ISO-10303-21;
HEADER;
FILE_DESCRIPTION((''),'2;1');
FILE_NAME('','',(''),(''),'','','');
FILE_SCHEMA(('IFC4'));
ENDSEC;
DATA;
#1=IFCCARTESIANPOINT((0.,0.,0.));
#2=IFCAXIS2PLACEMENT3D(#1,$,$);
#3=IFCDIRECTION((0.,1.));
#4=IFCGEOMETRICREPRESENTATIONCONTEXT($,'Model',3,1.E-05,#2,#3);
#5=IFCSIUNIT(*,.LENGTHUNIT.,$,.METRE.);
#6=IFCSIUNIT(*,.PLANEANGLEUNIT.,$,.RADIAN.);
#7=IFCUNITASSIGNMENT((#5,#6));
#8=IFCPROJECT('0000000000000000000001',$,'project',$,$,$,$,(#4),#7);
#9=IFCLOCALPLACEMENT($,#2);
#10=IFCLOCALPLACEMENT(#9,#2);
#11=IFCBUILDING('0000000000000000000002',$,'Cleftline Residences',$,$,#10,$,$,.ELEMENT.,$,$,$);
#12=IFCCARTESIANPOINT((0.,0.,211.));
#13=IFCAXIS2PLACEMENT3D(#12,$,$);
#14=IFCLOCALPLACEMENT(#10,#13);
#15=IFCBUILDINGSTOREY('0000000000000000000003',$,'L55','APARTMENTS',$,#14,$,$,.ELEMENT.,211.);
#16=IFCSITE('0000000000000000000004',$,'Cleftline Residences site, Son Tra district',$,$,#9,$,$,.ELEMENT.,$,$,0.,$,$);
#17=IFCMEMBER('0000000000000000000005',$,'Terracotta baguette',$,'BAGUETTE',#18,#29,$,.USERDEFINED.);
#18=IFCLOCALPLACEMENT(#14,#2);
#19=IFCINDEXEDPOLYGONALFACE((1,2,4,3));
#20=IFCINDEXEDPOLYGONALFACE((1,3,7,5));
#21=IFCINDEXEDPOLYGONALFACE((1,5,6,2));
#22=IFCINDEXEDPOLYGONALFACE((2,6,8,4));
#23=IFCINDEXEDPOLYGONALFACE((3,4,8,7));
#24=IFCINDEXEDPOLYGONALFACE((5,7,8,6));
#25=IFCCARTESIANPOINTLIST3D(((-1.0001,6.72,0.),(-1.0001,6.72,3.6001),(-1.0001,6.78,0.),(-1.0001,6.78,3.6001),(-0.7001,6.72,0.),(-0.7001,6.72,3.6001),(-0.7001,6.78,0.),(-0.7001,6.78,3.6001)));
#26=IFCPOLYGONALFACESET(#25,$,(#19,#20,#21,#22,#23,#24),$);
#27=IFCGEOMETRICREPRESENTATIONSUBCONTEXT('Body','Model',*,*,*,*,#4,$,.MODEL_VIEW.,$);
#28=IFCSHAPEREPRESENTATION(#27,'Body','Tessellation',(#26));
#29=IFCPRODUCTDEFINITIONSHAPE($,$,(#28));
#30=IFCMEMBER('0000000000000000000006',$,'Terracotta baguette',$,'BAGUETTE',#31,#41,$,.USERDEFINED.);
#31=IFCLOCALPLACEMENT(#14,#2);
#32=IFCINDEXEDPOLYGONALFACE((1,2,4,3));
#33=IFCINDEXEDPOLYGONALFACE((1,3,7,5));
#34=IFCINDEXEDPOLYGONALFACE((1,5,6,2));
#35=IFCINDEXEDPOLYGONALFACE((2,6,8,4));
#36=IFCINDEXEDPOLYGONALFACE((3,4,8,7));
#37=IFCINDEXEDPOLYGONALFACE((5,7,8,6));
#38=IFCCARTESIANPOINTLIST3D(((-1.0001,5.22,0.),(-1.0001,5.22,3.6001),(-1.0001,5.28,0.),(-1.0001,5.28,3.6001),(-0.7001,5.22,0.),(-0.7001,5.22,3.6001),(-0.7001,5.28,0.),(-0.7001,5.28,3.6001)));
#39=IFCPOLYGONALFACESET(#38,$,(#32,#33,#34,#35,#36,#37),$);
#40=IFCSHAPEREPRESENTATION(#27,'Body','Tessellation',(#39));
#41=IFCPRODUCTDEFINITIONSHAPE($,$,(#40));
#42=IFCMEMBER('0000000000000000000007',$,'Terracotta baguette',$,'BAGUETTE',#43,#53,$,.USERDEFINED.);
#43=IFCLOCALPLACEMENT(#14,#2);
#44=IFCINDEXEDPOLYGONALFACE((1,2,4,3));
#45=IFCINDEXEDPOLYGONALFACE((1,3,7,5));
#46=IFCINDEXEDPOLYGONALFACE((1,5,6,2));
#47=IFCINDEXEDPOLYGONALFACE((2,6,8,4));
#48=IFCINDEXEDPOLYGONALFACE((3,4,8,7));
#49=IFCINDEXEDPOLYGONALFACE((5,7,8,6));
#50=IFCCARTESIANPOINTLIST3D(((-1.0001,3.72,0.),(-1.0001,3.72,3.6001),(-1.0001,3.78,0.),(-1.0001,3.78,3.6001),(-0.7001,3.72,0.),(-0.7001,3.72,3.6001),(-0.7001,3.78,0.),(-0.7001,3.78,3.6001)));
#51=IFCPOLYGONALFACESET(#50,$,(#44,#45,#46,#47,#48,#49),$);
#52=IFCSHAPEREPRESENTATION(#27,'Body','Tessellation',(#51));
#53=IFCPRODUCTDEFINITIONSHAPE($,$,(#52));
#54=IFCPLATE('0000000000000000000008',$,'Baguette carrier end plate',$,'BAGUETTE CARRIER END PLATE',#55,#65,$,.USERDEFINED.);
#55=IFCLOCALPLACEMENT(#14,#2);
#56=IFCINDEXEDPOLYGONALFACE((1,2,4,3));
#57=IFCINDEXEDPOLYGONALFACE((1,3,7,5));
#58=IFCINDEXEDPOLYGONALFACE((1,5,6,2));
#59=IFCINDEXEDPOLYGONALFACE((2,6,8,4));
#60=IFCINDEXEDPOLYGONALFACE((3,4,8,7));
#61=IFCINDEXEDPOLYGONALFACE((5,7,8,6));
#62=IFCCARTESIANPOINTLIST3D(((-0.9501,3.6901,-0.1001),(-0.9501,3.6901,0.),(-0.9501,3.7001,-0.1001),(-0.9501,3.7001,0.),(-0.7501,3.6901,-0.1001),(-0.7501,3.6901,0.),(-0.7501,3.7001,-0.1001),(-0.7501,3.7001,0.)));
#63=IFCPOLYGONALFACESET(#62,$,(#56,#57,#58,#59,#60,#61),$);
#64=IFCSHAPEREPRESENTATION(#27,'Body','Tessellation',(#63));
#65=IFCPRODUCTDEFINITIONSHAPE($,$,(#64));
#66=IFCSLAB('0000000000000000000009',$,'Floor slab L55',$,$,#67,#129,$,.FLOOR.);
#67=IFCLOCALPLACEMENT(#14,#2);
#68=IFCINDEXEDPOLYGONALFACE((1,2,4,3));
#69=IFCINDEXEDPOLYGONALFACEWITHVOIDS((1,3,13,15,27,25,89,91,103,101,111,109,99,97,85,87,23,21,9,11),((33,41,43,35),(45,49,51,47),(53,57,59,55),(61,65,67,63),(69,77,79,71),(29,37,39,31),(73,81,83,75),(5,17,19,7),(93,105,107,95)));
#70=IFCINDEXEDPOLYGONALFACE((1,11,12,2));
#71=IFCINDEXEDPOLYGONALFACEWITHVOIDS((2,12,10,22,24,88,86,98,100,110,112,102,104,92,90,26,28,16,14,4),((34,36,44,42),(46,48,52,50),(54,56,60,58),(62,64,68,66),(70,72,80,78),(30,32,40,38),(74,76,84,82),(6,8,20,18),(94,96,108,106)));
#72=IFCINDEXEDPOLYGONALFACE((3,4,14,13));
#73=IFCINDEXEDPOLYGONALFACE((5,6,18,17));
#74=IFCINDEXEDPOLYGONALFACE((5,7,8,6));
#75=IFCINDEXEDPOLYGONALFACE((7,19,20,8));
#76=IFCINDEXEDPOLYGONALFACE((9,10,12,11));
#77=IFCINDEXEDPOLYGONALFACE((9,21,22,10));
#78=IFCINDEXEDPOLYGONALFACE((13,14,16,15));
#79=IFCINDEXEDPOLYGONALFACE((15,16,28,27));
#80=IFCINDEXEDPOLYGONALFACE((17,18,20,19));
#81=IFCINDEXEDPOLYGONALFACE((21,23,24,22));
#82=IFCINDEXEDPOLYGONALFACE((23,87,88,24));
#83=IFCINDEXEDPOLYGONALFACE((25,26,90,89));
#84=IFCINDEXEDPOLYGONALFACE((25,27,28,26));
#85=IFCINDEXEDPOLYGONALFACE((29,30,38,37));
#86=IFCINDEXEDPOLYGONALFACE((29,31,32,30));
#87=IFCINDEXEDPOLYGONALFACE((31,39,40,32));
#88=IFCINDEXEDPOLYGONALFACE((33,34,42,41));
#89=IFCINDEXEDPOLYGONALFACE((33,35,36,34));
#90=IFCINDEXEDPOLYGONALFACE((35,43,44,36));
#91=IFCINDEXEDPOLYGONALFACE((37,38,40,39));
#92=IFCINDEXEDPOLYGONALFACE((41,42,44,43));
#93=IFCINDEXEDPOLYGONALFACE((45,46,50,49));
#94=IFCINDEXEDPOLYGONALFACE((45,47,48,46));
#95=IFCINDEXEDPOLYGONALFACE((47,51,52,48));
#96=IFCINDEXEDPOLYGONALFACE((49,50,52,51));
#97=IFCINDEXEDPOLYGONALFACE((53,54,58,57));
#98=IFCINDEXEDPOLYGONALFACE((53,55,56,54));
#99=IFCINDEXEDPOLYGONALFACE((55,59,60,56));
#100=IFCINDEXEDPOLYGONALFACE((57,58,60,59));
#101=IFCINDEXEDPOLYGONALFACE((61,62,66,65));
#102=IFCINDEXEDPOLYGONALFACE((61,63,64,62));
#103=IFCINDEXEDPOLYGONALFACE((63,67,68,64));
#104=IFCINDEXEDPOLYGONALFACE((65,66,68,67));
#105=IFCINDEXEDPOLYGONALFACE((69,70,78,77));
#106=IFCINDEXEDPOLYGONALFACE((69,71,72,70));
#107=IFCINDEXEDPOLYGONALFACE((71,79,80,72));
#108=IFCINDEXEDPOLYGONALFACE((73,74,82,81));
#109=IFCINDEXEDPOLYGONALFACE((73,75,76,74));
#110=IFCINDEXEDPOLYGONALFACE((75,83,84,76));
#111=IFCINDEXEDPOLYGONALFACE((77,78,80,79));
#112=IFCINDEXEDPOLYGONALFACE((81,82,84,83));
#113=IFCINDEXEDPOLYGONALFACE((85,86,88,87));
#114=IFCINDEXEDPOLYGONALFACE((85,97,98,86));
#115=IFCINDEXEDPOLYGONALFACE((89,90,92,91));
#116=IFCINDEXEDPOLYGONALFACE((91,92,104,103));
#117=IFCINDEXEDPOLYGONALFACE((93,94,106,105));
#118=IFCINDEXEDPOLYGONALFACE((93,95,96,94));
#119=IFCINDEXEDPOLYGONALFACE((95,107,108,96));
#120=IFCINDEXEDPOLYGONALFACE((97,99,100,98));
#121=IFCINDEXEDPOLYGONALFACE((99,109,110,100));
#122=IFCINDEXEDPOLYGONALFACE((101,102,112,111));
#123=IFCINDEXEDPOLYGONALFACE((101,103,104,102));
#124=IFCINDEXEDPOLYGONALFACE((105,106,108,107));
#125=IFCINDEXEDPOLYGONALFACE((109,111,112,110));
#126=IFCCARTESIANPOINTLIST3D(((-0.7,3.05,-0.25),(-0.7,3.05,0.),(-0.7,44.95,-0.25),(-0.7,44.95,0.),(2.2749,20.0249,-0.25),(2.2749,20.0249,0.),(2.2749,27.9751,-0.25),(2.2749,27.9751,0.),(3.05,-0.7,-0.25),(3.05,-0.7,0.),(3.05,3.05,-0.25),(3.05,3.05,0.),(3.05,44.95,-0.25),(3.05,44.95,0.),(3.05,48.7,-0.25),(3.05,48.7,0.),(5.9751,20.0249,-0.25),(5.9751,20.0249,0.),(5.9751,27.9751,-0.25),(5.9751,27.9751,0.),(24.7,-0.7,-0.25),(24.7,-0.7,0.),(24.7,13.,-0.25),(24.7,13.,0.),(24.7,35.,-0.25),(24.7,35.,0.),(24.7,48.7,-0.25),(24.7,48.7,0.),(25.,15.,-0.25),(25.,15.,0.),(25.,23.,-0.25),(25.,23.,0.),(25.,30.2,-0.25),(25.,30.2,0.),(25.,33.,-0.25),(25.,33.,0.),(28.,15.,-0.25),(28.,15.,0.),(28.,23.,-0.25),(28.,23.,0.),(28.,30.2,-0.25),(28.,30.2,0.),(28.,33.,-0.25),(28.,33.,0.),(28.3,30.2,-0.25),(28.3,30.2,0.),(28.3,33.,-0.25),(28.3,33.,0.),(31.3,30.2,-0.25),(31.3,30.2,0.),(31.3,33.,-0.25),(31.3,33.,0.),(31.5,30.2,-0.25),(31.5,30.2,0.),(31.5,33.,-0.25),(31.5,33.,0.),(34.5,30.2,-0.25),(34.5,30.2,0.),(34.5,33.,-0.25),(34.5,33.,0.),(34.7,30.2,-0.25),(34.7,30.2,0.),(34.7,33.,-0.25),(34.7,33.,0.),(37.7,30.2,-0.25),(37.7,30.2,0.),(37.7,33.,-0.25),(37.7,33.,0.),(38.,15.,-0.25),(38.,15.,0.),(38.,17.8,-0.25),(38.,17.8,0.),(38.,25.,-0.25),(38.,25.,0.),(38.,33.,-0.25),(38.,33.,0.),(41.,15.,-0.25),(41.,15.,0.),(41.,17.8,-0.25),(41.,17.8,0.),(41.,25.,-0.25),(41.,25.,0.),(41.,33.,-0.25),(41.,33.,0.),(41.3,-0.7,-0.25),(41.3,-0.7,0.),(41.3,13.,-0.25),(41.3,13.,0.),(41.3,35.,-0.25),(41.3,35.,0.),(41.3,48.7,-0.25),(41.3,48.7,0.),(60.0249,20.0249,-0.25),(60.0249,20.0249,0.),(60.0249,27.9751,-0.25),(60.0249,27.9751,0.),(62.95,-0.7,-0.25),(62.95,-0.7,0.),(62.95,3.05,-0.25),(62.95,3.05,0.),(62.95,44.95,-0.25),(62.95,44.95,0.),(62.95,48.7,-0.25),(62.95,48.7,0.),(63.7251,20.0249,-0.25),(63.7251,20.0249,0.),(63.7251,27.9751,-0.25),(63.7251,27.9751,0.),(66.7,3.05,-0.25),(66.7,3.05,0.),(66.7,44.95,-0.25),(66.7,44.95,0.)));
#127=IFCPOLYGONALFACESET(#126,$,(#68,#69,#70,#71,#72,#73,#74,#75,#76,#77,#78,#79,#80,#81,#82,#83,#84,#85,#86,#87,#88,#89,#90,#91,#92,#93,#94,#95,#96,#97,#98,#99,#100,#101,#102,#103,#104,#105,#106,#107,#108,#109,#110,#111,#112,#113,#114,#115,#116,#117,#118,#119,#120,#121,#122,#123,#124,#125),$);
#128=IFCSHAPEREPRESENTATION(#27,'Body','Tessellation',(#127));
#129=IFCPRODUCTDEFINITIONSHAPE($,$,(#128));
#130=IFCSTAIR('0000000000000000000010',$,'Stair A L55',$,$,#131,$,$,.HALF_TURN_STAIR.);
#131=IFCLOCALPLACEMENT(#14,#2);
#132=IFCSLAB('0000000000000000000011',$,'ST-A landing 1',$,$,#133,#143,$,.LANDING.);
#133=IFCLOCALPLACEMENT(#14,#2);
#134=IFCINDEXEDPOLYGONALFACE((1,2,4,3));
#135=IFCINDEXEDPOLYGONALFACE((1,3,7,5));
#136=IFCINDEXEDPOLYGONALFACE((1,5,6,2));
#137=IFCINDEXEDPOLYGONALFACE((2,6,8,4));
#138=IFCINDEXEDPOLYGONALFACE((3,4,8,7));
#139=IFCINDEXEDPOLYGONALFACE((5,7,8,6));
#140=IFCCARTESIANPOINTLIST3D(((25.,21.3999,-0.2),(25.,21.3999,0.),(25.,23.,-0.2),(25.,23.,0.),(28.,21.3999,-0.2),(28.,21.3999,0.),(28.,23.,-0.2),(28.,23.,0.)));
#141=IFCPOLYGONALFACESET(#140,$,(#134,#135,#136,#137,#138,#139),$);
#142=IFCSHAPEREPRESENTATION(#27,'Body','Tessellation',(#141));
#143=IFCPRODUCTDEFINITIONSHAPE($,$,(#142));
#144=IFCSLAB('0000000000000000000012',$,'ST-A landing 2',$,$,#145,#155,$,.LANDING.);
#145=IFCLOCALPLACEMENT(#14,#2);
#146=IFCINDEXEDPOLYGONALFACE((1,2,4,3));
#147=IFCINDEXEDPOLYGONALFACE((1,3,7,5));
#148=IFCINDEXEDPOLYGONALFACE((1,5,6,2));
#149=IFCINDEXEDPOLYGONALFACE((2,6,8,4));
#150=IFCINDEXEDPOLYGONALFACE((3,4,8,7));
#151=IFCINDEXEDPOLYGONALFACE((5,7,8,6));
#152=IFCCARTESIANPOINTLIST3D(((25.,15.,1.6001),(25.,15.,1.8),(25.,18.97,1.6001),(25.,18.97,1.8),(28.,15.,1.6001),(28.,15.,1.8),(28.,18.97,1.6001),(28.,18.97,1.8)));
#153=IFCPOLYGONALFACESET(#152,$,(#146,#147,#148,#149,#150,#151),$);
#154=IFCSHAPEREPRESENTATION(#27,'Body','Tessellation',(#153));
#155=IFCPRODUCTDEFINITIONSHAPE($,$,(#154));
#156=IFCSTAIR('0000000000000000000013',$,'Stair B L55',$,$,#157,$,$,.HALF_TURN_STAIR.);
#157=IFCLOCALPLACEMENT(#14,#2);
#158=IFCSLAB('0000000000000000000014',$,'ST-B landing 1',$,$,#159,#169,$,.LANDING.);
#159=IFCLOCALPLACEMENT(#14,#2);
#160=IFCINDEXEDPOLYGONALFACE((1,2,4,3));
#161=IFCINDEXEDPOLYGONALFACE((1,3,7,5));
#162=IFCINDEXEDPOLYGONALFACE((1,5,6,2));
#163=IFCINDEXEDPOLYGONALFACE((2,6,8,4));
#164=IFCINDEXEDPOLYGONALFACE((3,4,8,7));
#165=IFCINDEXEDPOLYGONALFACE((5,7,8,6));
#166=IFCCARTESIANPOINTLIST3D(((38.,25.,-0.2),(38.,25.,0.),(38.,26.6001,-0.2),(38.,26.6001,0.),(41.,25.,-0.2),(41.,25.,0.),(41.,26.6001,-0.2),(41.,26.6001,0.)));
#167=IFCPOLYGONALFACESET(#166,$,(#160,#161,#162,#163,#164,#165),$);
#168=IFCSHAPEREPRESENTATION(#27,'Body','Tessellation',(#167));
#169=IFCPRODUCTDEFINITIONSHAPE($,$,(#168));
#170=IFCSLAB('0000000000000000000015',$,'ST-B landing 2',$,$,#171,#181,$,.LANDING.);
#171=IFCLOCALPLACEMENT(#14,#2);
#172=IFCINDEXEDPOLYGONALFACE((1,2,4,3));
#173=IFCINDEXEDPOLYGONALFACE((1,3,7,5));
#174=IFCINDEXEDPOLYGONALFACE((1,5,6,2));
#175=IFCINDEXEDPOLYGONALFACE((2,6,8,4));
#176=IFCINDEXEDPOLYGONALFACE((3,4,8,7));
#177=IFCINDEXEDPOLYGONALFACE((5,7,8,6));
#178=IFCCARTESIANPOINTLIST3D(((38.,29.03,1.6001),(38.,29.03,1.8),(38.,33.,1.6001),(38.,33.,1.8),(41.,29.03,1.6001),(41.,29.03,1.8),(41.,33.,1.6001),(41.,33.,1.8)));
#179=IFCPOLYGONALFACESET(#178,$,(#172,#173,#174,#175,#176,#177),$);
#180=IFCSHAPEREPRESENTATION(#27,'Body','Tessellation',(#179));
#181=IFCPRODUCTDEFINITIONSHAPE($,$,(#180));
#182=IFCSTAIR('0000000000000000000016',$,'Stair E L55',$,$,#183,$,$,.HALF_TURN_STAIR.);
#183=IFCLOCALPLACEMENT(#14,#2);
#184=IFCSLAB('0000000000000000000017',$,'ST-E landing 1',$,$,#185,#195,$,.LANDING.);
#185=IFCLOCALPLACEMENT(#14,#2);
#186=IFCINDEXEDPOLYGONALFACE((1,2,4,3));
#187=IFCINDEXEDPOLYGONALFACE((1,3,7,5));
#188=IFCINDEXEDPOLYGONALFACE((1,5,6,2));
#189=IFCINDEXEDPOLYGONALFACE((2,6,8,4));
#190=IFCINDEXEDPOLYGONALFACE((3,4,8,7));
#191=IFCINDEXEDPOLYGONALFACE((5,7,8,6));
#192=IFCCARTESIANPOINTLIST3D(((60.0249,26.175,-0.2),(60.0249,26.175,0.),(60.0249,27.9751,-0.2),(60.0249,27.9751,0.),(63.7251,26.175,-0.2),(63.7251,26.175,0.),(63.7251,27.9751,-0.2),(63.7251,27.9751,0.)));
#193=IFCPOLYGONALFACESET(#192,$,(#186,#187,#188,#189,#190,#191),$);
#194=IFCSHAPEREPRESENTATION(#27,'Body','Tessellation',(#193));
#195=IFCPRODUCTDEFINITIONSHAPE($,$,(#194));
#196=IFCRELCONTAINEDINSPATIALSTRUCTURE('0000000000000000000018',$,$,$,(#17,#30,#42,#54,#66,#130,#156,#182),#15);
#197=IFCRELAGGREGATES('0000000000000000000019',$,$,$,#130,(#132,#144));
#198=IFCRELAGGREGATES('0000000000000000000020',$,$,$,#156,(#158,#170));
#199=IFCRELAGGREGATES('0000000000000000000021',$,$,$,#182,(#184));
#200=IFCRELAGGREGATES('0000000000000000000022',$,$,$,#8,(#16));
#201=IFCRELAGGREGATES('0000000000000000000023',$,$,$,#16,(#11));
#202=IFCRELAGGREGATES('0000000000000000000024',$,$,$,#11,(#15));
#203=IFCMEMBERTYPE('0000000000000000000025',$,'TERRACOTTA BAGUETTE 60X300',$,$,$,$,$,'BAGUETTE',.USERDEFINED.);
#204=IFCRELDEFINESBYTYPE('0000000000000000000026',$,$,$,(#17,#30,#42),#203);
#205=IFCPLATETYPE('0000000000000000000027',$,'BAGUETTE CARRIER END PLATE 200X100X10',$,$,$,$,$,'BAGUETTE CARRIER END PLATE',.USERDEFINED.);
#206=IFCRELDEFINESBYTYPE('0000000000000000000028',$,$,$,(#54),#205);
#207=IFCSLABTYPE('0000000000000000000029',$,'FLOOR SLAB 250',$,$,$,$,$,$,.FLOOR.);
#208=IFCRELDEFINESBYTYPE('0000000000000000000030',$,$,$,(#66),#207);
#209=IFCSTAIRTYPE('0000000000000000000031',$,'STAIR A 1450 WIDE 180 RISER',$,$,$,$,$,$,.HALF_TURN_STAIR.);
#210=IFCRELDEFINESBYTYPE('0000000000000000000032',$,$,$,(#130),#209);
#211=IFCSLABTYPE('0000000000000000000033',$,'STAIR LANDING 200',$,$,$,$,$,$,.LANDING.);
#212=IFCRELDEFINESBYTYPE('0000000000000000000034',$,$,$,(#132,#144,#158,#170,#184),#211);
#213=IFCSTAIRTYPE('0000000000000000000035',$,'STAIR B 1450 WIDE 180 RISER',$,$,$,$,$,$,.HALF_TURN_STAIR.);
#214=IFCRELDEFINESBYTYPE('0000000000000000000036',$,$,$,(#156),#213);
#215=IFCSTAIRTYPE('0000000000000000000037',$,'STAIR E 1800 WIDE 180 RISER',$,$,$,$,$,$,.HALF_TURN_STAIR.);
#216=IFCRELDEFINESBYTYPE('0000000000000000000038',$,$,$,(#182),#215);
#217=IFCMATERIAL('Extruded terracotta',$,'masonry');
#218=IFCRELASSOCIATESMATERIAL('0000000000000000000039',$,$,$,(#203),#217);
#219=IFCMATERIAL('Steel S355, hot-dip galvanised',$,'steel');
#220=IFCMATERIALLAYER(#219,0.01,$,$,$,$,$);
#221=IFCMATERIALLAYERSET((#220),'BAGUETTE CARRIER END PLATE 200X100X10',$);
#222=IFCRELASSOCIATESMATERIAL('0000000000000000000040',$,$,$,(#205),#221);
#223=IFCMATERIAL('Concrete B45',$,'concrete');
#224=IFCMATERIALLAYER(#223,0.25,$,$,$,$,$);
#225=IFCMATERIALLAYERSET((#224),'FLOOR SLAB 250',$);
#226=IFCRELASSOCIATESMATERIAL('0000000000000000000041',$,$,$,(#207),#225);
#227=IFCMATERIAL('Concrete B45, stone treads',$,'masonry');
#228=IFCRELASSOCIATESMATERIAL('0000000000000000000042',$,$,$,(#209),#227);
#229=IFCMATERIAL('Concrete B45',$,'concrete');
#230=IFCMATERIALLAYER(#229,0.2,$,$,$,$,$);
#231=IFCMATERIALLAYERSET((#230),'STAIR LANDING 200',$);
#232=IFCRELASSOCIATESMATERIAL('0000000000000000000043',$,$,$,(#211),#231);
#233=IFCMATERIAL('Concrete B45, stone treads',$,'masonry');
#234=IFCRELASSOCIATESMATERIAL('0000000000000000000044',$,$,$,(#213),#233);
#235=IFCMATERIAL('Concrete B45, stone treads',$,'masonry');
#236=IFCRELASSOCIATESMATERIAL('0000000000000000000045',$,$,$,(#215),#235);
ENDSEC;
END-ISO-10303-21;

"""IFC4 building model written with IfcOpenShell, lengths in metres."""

from ifc_helpers import new_model, si_unit, direction, frame, origin, origin_2d, place, context, subcontext, project, spatial, polyline, rectangle, outline, extrude, material, layer, layer_set, material_profile, profile_set, type_object, element, aggregate, save


model = new_model("IFC4")

# Units and contexts
model_context = context("Model", 3, precision=1e-05, world=origin(), true_north=direction((0.0, 1.0)))
body_context = subcontext(model_context, "Body", "Model", "MODEL_VIEW")
ifc_project = project(units=[si_unit("LENGTHUNIT", "METRE"), si_unit("PLANEANGLEUNIT", "RADIAN")], contexts=[model_context])

# Site, building, storey
site_placement = place(None, origin())
site = spatial("IfcSite", under=ifc_project, at=site_placement, Name="Cleftline Residences site, Son Tra district", CompositionType="ELEMENT", RefElevation=0.0)
building_placement = place(site_placement, origin())
building = spatial("IfcBuilding", under=site, at=building_placement, Name="Cleftline Residences", CompositionType="ELEMENT")
storey_placement = place(building_placement, frame((0.0, 0.0, 211.0)))
storey = spatial("IfcBuildingStorey", under=building, at=storey_placement, Name="L55", Description="APARTMENTS", CompositionType="ELEMENT", Elevation=211.0)

# Members
ifc_material_1 = material(Name="Extruded terracotta", Category="masonry")
ifc_material_profile_1 = material_profile(ifc_material_1, rectangle(XDim=0.0601, YDim=0.3, at=origin_2d()))
ifc_profile_set_1 = profile_set([ifc_material_profile_1], Name="Extruded terracotta")
member_type_1 = type_object("IfcMemberType", Name="TERRACOTTA BAGUETTE 60X300", ElementType="BAGUETTE", PredefinedType="USERDEFINED", material=ifc_profile_set_1)
for number, where, z_axis, x_axis, name in (
    (1, (-0.8501, 6.75, 0.0), (0.0, 0.0, 1.0), (0.0, 1.0, 0.0), "Terracotta baguette"),
    (2, (-0.8501, 5.25, 0.0), (0.0, 0.0, 1.0), (0.0, 1.0, 0.0), "Terracotta baguette"),
    (3, (-0.8501, 3.75, 0.0), (0.0, 0.0, 1.0), (0.0, 1.0, 0.0), "Terracotta baguette"),
):
    element("IfcMember", number, at=place(storey_placement, frame(where, z_axis=z_axis, x_axis=x_axis)), inside=storey, type_object=member_type_1, Name=name, ObjectType="BAGUETTE", PredefinedType="USERDEFINED", context=body_context, shape_type="SweptSolid", body=[
        extrude(rectangle(XDim=0.0601, YDim=0.3, at=origin_2d()), origin(), (0.0, 0.0, 1.0), 3.6001),
    ])

# Plate
ifc_material_2 = material(Name="Steel S355, hot-dip galvanised", Category="steel")
ifc_layer_1 = layer(ifc_material_2, 0.01)
ifc_layer_set_1 = layer_set([ifc_layer_1], Name="BAGUETTE CARRIER END PLATE 200X100X10")
plate_type = type_object("IfcPlateType", Name="BAGUETTE CARRIER END PLATE 200X100X10", ElementType="BAGUETTE CARRIER END PLATE", PredefinedType="USERDEFINED", material=ifc_layer_set_1)
plate_placement = place(storey_placement, frame((-0.8501, 3.6951, -0.1001), z_axis=(0.0, 0.0, 1.0), x_axis=(-1.0, 0.0, 0.0)))
element("IfcPlate", 4, at=plate_placement, inside=storey, type_object=plate_type, Name="Baguette carrier end plate", ObjectType="BAGUETTE CARRIER END PLATE", PredefinedType="USERDEFINED", context=body_context, shape_type="SweptSolid", body=[
    extrude(rectangle(XDim=0.2, YDim=0.01, at=origin_2d()), origin(), (0.0, 0.0, 1.0), 0.1001),
])

# Slab
ifc_material_3 = material(Name="Concrete B45", Category="concrete")
ifc_layer_2 = layer(ifc_material_3, 0.25)
ifc_layer_set_2 = layer_set([ifc_layer_2], Name="FLOOR SLAB 250")
slab_type_1 = type_object("IfcSlabType", Name="FLOOR SLAB 250", PredefinedType="FLOOR", material=ifc_layer_set_2)
slab_1_placement = place(storey_placement, frame((0.0, 0.0, -0.25)))
element("IfcSlab", 5, at=slab_1_placement, inside=storey, type_object=slab_type_1, Name="Floor slab L55", PredefinedType="FLOOR", context=body_context, shape_type="SweptSolid", body=[
    extrude(outline(polyline([(24.7, 13.0), (41.3, 13.0), (41.3, -0.7), (62.95, -0.7), (62.95, 3.05), (66.7, 3.05), (66.7, 44.95), (62.95, 44.95), (62.95, 48.7), (41.3, 48.7), (41.3, 35.0), (24.7, 35.0), (24.7, 48.7), (3.05, 48.7), (3.05, 44.95), (-0.7, 44.95), (-0.7, 3.05), (3.05, 3.05), (3.05, -0.7), (24.7, -0.7), (24.7, 13.0)]), holes=[polyline([(28.0, 15.0), (28.0, 23.0), (25.0, 23.0), (25.0, 15.0), (28.0, 15.0)]), polyline([(41.0, 25.0), (41.0, 33.0), (38.0, 33.0), (38.0, 25.0), (41.0, 25.0)]), polyline([(28.0, 30.2), (28.0, 33.0), (25.0, 33.0), (25.0, 30.2), (28.0, 30.2)]), polyline([(41.0, 15.0), (41.0, 17.8), (38.0, 17.8), (38.0, 15.0), (41.0, 15.0)]), polyline([(31.3, 30.2), (31.3, 33.0), (28.3, 33.0), (28.3, 30.2), (31.3, 30.2)]), polyline([(34.5, 30.2), (34.5, 33.0), (31.5, 33.0), (31.5, 30.2), (34.5, 30.2)]), polyline([(37.7, 30.2), (37.7, 33.0), (34.7, 33.0), (34.7, 30.2), (37.7, 30.2)]), polyline([(63.7251, 20.0249), (63.7251, 27.9751), (60.0249, 27.9751), (60.0249, 20.0249), (63.7251, 20.0249)]), polyline([(5.9751, 20.0249), (5.9751, 27.9751), (2.2749, 27.9751), (2.2749, 20.0249), (5.9751, 20.0249)])]), origin(), (0.0, 0.0, 1.0), 0.25),
])

# Stairs, slabs
ifc_material_4 = material(Name="Concrete B45, stone treads", Category="masonry")
stair_type_1 = type_object("IfcStairType", Name="STAIR A 1450 WIDE 180 RISER", PredefinedType="HALF_TURN_STAIR", material=ifc_material_4)
stair_1_placement = place(storey_placement, origin())
stair_1 = element("IfcStair", 6, at=stair_1_placement, inside=storey, type_object=stair_type_1, Name="Stair A L55", PredefinedType="HALF_TURN_STAIR")
ifc_material_5 = material(Name="Concrete B45", Category="concrete")
ifc_layer_3 = layer(ifc_material_5, 0.2)
ifc_layer_set_3 = layer_set([ifc_layer_3], Name="STAIR LANDING 200")
slab_type_2 = type_object("IfcSlabType", Name="STAIR LANDING 200", PredefinedType="LANDING", material=ifc_layer_set_3)
slab_2_placement = place(storey_placement, frame((0.0, 0.0, -0.2)))
slab_2 = element("IfcSlab", 7, at=slab_2_placement, type_object=slab_type_2, Name="ST-A landing 1", PredefinedType="LANDING", context=body_context, shape_type="SweptSolid", body=[
    extrude(outline(polyline([(25.0, 21.3999), (28.0, 21.3999), (28.0, 23.0), (25.0, 23.0), (25.0, 21.3999)])), origin(), (0.0, 0.0, 1.0), 0.2),
])
slab_3_placement = place(storey_placement, frame((0.0, 0.0, 1.6001)))
slab_3 = element("IfcSlab", 8, at=slab_3_placement, type_object=slab_type_2, Name="ST-A landing 2", PredefinedType="LANDING", context=body_context, shape_type="SweptSolid", body=[
    extrude(outline(polyline([(25.0, 15.0), (28.0, 15.0), (28.0, 18.97), (25.0, 18.97), (25.0, 15.0)])), origin(), (0.0, 0.0, 1.0), 0.2),
])
aggregate(stair_1, [slab_2, slab_3])
ifc_material_6 = material(Name="Concrete B45, stone treads", Category="masonry")
stair_type_2 = type_object("IfcStairType", Name="STAIR B 1450 WIDE 180 RISER", PredefinedType="HALF_TURN_STAIR", material=ifc_material_6)
stair_2_placement = place(storey_placement, origin())
stair_2 = element("IfcStair", 9, at=stair_2_placement, inside=storey, type_object=stair_type_2, Name="Stair B L55", PredefinedType="HALF_TURN_STAIR")
slab_4_placement = place(storey_placement, frame((0.0, 0.0, -0.2)))
slab_4 = element("IfcSlab", 10, at=slab_4_placement, type_object=slab_type_2, Name="ST-B landing 1", PredefinedType="LANDING", context=body_context, shape_type="SweptSolid", body=[
    extrude(outline(polyline([(38.0, 25.0), (41.0, 25.0), (41.0, 26.6001), (38.0, 26.6001), (38.0, 25.0)])), origin(), (0.0, 0.0, 1.0), 0.2),
])
slab_5_placement = place(storey_placement, frame((0.0, 0.0, 1.6001)))
slab_5 = element("IfcSlab", 11, at=slab_5_placement, type_object=slab_type_2, Name="ST-B landing 2", PredefinedType="LANDING", context=body_context, shape_type="SweptSolid", body=[
    extrude(outline(polyline([(38.0, 29.03), (41.0, 29.03), (41.0, 33.0), (38.0, 33.0), (38.0, 29.03)])), origin(), (0.0, 0.0, 1.0), 0.2),
])
aggregate(stair_2, [slab_4, slab_5])
ifc_material_7 = material(Name="Concrete B45, stone treads", Category="masonry")
stair_type_3 = type_object("IfcStairType", Name="STAIR E 1800 WIDE 180 RISER", PredefinedType="HALF_TURN_STAIR", material=ifc_material_7)
stair_3_placement = place(storey_placement, origin())
stair_3 = element("IfcStair", 12, at=stair_3_placement, inside=storey, type_object=stair_type_3, Name="Stair E L55", PredefinedType="HALF_TURN_STAIR")
slab_6_placement = place(storey_placement, frame((0.0, 0.0, -0.2)))
slab_6 = element("IfcSlab", 13, at=slab_6_placement, type_object=slab_type_2, Name="ST-E landing 1", PredefinedType="LANDING", context=body_context, shape_type="SweptSolid", body=[
    extrude(outline(polyline([(60.0249, 26.175), (63.7251, 26.175), (63.7251, 27.9751), (60.0249, 27.9751), (60.0249, 26.175)])), origin(), (0.0, 0.0, 1.0), 0.2),
])
aggregate(stair_3, [slab_6])

save(model, "model.ifc")
